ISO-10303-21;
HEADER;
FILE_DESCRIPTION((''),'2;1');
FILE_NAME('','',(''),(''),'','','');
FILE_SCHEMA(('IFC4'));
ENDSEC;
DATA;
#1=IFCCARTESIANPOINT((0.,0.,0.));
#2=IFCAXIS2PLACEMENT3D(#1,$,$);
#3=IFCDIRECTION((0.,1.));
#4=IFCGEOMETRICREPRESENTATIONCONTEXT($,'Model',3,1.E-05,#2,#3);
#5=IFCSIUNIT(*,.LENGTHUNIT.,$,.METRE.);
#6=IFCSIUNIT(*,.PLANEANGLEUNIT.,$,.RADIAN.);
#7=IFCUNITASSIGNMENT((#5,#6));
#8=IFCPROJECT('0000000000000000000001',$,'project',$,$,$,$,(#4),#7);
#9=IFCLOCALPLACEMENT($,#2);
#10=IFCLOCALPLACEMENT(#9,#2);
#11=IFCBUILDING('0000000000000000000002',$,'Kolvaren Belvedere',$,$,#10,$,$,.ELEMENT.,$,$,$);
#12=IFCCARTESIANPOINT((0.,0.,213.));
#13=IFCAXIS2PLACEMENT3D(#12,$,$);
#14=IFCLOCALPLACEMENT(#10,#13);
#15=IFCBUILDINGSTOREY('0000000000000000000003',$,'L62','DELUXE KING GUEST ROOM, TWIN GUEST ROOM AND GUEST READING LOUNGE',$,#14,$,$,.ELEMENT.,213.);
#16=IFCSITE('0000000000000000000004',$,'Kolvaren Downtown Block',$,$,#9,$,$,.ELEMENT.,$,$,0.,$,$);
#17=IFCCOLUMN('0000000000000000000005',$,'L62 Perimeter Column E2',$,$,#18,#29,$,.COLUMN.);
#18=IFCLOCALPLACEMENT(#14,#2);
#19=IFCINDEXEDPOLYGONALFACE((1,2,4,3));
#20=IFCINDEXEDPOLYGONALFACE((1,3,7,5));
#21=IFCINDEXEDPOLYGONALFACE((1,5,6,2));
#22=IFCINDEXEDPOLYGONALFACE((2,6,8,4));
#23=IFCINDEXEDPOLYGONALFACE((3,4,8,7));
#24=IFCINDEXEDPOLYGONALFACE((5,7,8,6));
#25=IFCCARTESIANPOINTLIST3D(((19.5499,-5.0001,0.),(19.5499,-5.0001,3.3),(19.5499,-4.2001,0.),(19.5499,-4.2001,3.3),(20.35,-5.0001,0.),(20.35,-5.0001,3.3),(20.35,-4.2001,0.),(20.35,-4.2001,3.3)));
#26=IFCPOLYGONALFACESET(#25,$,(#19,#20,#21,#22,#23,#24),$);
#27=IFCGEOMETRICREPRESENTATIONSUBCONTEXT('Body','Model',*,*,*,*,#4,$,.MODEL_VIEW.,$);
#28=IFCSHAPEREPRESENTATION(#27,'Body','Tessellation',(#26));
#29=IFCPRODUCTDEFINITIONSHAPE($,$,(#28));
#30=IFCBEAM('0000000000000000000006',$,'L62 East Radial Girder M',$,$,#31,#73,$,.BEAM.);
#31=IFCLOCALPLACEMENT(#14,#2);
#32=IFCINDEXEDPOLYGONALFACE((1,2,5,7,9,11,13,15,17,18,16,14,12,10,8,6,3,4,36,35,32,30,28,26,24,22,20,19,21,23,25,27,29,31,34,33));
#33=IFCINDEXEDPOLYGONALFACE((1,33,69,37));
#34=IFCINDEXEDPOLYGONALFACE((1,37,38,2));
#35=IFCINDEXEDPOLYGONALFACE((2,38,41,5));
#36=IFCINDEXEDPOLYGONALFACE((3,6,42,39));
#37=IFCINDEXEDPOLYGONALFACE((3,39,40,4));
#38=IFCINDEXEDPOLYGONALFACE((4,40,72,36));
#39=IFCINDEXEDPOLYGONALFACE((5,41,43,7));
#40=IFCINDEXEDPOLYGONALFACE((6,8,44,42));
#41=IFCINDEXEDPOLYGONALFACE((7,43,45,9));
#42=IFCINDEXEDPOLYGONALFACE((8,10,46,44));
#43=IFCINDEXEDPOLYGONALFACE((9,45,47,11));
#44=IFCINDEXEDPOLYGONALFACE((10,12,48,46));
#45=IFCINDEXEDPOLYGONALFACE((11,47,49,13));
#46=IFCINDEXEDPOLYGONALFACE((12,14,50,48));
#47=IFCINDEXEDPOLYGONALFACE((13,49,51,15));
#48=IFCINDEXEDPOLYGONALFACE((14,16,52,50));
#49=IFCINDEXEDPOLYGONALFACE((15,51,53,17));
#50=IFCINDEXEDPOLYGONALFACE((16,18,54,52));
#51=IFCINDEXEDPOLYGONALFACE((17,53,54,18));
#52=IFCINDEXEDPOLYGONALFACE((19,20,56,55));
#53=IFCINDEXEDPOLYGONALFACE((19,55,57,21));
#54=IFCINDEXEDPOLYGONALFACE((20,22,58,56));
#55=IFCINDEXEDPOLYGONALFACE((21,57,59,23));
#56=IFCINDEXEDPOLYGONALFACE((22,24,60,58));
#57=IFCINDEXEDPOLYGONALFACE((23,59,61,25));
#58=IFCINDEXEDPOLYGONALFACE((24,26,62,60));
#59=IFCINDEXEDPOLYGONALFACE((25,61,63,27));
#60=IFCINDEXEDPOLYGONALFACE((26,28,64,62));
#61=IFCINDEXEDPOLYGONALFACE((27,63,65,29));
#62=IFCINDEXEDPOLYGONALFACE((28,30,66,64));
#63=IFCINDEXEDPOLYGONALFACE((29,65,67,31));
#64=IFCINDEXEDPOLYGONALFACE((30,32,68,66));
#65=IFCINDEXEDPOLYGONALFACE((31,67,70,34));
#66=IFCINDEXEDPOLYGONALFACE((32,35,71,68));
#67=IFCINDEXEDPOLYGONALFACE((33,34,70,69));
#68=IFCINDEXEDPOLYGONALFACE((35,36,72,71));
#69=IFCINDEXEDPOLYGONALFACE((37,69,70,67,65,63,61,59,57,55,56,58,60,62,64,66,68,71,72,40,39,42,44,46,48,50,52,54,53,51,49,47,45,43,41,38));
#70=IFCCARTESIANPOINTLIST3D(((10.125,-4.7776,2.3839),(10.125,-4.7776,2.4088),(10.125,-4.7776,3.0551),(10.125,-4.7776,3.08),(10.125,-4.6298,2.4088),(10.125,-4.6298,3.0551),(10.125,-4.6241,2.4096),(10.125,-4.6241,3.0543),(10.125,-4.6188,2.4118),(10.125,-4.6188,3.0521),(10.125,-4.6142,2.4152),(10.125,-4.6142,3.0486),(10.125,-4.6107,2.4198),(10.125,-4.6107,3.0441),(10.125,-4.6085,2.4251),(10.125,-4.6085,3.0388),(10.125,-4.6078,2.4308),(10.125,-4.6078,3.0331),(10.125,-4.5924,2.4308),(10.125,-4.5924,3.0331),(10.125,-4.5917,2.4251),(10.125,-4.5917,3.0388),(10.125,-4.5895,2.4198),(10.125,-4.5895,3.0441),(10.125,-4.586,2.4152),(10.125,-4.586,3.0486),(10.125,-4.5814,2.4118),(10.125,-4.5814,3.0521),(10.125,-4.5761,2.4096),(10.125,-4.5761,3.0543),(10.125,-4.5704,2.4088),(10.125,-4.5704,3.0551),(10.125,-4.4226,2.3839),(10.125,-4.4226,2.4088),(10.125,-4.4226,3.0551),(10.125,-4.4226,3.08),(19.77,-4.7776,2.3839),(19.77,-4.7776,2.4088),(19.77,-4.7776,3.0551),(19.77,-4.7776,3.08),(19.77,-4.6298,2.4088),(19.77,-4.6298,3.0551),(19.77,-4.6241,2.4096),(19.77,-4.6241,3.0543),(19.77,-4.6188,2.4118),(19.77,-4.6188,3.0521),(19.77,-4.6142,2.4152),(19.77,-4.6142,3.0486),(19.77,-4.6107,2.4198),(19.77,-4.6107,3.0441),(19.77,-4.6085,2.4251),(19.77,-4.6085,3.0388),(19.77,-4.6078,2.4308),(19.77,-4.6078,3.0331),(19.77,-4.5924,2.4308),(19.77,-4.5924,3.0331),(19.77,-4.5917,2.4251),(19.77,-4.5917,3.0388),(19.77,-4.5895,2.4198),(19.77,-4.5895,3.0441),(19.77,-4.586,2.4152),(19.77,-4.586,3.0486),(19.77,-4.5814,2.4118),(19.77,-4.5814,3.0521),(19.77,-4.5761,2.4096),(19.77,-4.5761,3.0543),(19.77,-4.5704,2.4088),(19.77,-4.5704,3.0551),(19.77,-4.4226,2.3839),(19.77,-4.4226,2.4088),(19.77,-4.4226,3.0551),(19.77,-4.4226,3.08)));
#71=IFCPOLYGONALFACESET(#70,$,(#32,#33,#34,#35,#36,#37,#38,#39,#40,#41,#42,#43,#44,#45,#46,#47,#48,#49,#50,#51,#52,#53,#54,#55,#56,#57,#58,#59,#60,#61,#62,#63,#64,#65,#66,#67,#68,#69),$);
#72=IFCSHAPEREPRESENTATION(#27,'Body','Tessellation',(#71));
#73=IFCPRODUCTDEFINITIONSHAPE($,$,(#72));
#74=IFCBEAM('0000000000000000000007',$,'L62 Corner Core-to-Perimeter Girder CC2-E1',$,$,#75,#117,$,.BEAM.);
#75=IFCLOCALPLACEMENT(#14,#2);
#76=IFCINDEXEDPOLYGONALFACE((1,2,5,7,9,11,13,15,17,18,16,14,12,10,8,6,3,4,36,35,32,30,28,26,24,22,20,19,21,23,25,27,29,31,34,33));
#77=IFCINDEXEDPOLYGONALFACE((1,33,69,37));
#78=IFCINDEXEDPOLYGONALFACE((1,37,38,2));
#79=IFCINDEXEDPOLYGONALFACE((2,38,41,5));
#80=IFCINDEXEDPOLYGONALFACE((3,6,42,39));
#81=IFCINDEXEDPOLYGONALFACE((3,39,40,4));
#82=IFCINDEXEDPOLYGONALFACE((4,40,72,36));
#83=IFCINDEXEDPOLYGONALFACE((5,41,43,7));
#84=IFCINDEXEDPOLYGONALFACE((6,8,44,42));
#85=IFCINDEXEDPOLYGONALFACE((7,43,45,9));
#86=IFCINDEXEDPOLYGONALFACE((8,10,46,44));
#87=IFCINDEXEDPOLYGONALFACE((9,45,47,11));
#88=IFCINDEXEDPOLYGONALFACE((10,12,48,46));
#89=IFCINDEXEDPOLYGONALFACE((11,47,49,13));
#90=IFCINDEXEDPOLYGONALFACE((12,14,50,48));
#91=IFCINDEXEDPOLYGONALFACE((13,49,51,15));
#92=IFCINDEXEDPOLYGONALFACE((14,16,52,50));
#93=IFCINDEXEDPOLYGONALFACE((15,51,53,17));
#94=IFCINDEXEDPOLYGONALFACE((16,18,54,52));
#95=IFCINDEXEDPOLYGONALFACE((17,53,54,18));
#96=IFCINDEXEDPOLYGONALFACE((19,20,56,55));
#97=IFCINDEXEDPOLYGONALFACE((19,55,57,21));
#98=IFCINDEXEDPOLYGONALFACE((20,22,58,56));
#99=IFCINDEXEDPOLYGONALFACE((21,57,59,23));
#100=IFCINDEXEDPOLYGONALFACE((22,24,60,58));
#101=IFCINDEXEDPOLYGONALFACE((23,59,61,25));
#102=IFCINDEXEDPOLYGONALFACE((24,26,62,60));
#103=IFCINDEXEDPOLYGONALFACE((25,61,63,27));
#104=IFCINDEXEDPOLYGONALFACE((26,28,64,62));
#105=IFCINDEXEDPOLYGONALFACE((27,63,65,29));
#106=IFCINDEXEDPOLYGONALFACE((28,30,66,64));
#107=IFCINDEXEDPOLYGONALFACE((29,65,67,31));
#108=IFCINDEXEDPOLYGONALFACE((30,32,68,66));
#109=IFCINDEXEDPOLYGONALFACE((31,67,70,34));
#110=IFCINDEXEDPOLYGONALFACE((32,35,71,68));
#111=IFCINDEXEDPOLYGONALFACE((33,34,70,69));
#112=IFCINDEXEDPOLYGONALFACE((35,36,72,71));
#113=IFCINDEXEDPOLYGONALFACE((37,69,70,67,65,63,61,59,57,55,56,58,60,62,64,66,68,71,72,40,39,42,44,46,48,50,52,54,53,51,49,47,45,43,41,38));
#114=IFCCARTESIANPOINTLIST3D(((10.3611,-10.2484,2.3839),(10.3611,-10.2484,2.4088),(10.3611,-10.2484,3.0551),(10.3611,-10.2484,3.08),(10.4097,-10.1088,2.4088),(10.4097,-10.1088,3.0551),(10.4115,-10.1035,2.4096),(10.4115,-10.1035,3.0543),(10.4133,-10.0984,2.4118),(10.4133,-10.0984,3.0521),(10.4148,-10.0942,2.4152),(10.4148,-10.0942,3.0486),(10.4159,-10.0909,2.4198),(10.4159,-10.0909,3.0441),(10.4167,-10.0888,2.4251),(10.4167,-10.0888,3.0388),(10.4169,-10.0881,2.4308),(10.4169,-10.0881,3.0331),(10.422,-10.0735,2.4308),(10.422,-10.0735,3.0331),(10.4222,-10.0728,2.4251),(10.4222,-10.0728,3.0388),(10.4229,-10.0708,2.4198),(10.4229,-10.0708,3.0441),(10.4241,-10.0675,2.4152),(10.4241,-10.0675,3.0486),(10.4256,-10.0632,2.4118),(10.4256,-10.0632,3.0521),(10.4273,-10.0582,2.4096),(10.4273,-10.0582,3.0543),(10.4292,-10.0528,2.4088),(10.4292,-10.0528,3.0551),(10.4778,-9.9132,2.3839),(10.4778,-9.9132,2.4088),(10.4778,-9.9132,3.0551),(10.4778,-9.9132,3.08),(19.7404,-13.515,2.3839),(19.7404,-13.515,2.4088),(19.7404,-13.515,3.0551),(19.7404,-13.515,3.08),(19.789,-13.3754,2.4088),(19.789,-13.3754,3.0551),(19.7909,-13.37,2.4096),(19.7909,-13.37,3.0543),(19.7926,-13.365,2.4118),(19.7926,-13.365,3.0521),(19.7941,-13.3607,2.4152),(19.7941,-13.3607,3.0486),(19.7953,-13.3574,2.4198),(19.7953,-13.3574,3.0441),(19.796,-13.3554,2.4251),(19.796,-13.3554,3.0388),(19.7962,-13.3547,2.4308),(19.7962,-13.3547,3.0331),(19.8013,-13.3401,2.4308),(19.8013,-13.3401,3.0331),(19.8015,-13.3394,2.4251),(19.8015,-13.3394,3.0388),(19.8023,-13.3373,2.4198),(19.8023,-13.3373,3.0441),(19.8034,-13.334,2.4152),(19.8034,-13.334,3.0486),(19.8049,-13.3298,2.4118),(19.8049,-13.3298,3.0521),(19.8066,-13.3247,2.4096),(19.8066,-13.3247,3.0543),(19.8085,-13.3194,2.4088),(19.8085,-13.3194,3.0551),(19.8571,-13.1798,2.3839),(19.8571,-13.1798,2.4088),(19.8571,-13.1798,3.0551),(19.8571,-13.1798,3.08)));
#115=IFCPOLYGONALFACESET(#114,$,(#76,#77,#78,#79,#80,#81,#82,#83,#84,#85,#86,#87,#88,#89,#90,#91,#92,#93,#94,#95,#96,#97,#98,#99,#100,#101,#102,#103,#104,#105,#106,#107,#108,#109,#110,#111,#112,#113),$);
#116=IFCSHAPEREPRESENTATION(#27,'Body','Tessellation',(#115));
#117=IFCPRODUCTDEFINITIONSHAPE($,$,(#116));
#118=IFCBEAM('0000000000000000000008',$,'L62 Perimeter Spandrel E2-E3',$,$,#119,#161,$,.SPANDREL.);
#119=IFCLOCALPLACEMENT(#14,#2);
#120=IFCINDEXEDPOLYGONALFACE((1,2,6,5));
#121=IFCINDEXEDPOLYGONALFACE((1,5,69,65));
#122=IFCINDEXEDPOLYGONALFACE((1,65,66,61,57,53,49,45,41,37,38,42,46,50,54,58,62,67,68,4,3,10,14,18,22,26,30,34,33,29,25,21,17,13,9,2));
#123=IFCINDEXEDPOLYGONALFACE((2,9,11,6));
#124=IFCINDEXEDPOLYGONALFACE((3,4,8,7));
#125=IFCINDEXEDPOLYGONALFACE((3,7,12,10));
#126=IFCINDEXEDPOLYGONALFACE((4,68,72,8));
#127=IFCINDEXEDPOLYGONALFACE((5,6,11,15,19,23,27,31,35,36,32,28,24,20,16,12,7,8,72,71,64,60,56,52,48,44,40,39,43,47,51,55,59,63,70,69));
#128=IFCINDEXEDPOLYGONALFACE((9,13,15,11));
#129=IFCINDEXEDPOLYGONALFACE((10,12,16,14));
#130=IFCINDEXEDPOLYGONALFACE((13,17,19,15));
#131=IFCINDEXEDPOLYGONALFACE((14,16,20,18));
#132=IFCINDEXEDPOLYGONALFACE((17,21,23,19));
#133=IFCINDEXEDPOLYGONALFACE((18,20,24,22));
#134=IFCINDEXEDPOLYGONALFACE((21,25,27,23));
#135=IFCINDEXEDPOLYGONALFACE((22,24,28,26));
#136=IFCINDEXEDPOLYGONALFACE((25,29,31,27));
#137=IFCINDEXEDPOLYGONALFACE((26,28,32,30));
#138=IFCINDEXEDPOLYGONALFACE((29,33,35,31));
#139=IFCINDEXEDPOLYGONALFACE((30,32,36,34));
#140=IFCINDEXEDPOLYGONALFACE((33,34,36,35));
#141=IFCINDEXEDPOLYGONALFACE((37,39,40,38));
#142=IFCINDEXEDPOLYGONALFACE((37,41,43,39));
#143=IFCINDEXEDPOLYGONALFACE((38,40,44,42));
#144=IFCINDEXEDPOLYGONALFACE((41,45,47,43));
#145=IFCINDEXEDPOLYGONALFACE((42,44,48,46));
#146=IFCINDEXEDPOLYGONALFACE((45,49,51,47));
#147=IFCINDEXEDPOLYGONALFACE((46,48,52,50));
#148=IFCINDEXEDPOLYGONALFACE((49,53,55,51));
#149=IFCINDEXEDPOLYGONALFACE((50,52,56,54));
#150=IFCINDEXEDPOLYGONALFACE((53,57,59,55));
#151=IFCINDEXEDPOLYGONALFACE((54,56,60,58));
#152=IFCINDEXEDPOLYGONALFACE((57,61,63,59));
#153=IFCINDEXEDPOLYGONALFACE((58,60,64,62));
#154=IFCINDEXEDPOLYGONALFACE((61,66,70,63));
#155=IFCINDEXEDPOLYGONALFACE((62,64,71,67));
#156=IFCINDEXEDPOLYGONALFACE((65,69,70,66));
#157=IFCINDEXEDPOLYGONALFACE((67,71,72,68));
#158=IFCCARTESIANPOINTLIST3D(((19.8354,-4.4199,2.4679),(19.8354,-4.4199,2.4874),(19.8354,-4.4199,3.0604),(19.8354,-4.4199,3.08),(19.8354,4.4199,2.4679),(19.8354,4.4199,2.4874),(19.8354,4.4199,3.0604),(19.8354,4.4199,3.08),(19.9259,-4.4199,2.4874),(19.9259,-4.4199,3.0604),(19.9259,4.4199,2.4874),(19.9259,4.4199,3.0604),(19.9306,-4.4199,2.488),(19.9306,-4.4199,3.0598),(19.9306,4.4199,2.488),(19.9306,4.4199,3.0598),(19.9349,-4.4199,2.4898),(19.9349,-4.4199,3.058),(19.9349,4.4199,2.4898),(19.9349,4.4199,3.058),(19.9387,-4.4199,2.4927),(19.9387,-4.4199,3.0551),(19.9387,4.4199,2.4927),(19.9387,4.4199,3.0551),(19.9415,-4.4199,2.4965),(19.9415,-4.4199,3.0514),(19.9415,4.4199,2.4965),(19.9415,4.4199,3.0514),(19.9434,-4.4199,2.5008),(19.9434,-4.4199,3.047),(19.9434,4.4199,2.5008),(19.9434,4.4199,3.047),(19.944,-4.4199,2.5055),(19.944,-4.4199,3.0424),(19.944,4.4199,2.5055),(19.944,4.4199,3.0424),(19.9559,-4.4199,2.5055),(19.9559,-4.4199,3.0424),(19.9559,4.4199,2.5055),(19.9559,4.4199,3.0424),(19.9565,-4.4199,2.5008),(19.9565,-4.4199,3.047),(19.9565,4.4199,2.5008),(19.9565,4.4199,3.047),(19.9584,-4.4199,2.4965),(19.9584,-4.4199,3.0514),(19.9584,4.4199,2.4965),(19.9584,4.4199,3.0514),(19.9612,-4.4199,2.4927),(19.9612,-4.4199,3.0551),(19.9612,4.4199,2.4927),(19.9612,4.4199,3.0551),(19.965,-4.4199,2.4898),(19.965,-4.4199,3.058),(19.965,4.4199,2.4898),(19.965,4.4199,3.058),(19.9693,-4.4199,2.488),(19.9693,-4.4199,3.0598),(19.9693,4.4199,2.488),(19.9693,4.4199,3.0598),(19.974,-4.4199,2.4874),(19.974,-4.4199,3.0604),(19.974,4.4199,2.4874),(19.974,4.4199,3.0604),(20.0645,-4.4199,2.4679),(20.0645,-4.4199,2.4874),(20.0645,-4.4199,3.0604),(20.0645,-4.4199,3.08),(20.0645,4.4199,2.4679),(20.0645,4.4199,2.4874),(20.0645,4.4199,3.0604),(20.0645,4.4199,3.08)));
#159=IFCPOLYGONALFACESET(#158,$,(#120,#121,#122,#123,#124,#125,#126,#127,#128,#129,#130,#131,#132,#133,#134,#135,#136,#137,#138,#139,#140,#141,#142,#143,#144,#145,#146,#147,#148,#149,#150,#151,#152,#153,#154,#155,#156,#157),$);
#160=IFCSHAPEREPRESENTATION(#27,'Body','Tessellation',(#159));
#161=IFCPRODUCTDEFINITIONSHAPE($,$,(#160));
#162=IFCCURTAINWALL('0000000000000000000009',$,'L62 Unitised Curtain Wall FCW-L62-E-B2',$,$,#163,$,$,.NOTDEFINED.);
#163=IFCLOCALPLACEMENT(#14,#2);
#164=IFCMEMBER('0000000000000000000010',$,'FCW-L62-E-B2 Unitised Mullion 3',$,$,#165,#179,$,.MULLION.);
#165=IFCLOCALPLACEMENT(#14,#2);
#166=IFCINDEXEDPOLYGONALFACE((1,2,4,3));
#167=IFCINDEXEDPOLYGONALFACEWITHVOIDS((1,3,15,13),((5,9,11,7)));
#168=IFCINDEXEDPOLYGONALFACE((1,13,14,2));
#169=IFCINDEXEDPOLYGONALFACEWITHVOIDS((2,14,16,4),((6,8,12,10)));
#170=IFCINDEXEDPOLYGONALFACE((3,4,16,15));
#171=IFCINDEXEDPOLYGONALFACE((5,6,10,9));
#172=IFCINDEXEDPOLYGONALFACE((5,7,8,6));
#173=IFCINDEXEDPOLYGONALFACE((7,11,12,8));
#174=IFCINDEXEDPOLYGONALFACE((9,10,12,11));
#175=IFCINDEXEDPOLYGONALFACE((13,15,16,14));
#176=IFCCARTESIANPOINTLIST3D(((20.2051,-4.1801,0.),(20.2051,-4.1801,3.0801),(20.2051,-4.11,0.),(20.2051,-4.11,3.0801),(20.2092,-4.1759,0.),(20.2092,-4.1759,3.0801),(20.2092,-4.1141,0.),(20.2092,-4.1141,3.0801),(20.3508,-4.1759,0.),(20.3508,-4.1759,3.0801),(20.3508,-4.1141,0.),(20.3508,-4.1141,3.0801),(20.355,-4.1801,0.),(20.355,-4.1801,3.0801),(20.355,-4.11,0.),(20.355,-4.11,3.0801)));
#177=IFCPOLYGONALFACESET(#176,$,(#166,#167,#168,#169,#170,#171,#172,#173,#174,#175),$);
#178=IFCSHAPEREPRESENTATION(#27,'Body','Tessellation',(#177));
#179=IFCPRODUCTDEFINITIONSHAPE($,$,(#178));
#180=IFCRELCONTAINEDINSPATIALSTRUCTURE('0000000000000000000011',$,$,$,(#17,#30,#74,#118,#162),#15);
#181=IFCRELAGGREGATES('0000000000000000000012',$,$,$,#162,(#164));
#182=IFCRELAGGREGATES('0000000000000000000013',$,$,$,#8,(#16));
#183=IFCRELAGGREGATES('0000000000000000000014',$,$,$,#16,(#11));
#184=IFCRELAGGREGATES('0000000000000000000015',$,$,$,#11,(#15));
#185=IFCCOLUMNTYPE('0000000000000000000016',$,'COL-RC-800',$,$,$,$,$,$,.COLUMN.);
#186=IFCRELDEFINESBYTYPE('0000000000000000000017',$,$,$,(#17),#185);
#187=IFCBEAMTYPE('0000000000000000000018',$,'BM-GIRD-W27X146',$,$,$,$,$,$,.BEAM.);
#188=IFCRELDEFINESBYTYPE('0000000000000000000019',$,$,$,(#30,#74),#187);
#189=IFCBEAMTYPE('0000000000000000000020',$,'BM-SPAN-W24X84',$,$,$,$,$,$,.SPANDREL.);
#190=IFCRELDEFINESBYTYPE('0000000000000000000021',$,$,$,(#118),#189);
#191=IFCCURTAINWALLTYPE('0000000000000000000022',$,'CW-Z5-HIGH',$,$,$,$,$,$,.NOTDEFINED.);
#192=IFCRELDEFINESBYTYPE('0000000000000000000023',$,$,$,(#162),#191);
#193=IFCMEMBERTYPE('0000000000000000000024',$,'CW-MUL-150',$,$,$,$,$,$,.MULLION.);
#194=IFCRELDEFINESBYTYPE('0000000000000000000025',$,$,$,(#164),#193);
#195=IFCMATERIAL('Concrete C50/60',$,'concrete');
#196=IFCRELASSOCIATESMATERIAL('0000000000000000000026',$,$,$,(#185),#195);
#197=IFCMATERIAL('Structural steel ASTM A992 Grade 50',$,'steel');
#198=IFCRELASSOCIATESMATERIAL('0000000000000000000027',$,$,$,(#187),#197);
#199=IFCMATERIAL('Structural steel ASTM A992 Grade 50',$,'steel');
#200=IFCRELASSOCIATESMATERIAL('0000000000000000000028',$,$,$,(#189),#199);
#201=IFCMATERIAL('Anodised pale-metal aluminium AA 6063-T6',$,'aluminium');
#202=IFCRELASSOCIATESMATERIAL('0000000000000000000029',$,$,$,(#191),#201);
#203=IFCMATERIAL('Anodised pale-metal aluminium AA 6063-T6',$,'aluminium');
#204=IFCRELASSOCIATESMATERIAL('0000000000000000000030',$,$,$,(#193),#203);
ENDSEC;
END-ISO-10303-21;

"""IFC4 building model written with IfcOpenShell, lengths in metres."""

from ifc_helpers import new_model, si_unit, direction, frame, origin, origin_2d, place, context, subcontext, project, spatial, rectangle, hollow_rectangle, i_section, extrude, material, material_profile, profile_set, type_object, element, aggregate, save


model = new_model("IFC4")

# Units and contexts
model_context = context("Model", 3, precision=1e-05, world=origin(), true_north=direction((0.0, 1.0)))
body_context = subcontext(model_context, "Body", "Model", "MODEL_VIEW")
ifc_project = project(units=[si_unit("LENGTHUNIT", "METRE"), si_unit("PLANEANGLEUNIT", "RADIAN")], contexts=[model_context])

# Site, building, storey
site_placement = place(None, origin())
site = spatial("IfcSite", under=ifc_project, at=site_placement, Name="Kolvaren Downtown Block", CompositionType="ELEMENT", RefElevation=0.0)
building_placement = place(site_placement, origin())
building = spatial("IfcBuilding", under=site, at=building_placement, Name="Kolvaren Belvedere", CompositionType="ELEMENT")
storey_placement = place(building_placement, frame((0.0, 0.0, 213.0)))
storey = spatial("IfcBuildingStorey", under=building, at=storey_placement, Name="L62", Description="DELUXE KING GUEST ROOM, TWIN GUEST ROOM AND GUEST READING LOUNGE", CompositionType="ELEMENT", Elevation=213.0)

# Column
ifc_material_1 = material(Name="Concrete C50/60", Category="concrete")
ifc_material_profile_1 = material_profile(ifc_material_1, rectangle(XDim=0.8, YDim=0.8, at=origin_2d()), Name="RC 800X800")
ifc_profile_set_1 = profile_set([ifc_material_profile_1], Name="Concrete C50/60")
column_type = type_object("IfcColumnType", Name="COL-RC-800", PredefinedType="COLUMN", material=ifc_profile_set_1)
column_placement = place(storey_placement, frame((19.95, -4.6001, 0.0), z_axis=(0.0, 0.0, 1.0), x_axis=(1.0, 0.0, 0.0)))
element("IfcColumn", 1, at=column_placement, inside=storey, type_object=column_type, Name="L62 Perimeter Column E2", PredefinedType="COLUMN", context=body_context, shape_type="SweptSolid", body=[
    extrude(rectangle(XDim=0.8, YDim=0.8, at=origin_2d()), origin(), (0.0, 0.0, 1.0), 3.3),
])

# Beams
ifc_material_2 = material(Name="Structural steel ASTM A992 Grade 50", Category="steel")
ifc_material_profile_2 = material_profile(ifc_material_2, i_section(OverallWidth=0.355, OverallDepth=0.696, WebThickness=0.0154, FlangeThickness=0.0249, FilletRadius=0.022, at=origin_2d()), Name="W27X146")
ifc_profile_set_2 = profile_set([ifc_material_profile_2], Name="Structural steel ASTM A992 Grade 50")
beam_type_1 = type_object("IfcBeamType", Name="BM-GIRD-W27X146", PredefinedType="BEAM", material=ifc_profile_set_2)
beam_1_placement = place(storey_placement, frame((10.125, -4.6001, 2.7319), z_axis=(1.0, 0.0, 0.0), x_axis=(0.0, 1.0, 0.0)))
element("IfcBeam", 2, at=beam_1_placement, inside=storey, type_object=beam_type_1, Name="L62 East Radial Girder M", PredefinedType="BEAM", context=body_context, shape_type="SweptSolid", body=[
    extrude(i_section(OverallWidth=0.355, OverallDepth=0.696, WebThickness=0.0154, FlangeThickness=0.0249, FilletRadius=0.022, at=origin_2d()), origin(), (0.0, 0.0, 1.0), 9.645),
])
beam_2_placement = place(storey_placement, frame((10.4194, -10.0808, 2.7319), z_axis=(0.944365, -0.328898, 0.0), x_axis=(0.328898, 0.944365, 0.0)))
element("IfcBeam", 3, at=beam_2_placement, inside=storey, type_object=beam_type_1, Name="L62 Corner Core-to-Perimeter Girder CC2-E1", PredefinedType="BEAM", context=body_context, shape_type="SweptSolid", body=[
    extrude(i_section(OverallWidth=0.355, OverallDepth=0.696, WebThickness=0.0154, FlangeThickness=0.0249, FilletRadius=0.022, at=origin_2d()), origin(), (0.0, 0.0, 1.0), 9.9319),
])
ifc_material_3 = material(Name="Structural steel ASTM A992 Grade 50", Category="steel")
ifc_material_profile_3 = material_profile(ifc_material_3, i_section(OverallWidth=0.229, OverallDepth=0.6121, WebThickness=0.012, FlangeThickness=0.0195, FilletRadius=0.0181, at=origin_2d()), Name="W24X84")
ifc_profile_set_3 = profile_set([ifc_material_profile_3], Name="Structural steel ASTM A992 Grade 50")
beam_type_2 = type_object("IfcBeamType", Name="BM-SPAN-W24X84", PredefinedType="SPANDREL", material=ifc_profile_set_3)
beam_3_placement = place(storey_placement, frame((19.95, -4.4199, 2.7739), z_axis=(0.0, 1.0, 0.0), x_axis=(-1.0, 0.0, 0.0)))
element("IfcBeam", 4, at=beam_3_placement, inside=storey, type_object=beam_type_2, Name="L62 Perimeter Spandrel E2-E3", PredefinedType="SPANDREL", context=body_context, shape_type="SweptSolid", body=[
    extrude(i_section(OverallWidth=0.229, OverallDepth=0.6121, WebThickness=0.012, FlangeThickness=0.0195, FilletRadius=0.0181, at=origin_2d()), origin(), (0.0, 0.0, 1.0), 8.8398),
])

# Curtain wall, member
ifc_material_4 = material(Name="Anodised pale-metal aluminium AA 6063-T6", Category="aluminium")
curtain_wall_type = type_object("IfcCurtainWallType", Name="CW-Z5-HIGH", PredefinedType="NOTDEFINED", material=ifc_material_4)
curtain_wall_1_placement = place(storey_placement, origin())
curtain_wall_1 = element("IfcCurtainWall", 5, at=curtain_wall_1_placement, inside=storey, type_object=curtain_wall_type, Name="L62 Unitised Curtain Wall FCW-L62-E-B2", PredefinedType="NOTDEFINED")
ifc_material_5 = material(Name="Anodised pale-metal aluminium AA 6063-T6", Category="aluminium")
ifc_material_profile_4 = material_profile(ifc_material_5, hollow_rectangle(XDim=0.0701, YDim=0.1499, WallThickness=0.0042, at=origin_2d()), Name="ALU-MUL-150X70")
ifc_profile_set_4 = profile_set([ifc_material_profile_4], Name="Anodised pale-metal aluminium AA 6063-T6")
member_type_1 = type_object("IfcMemberType", Name="CW-MUL-150", PredefinedType="MULLION", material=ifc_profile_set_4)
member_1_placement = place(storey_placement, frame((20.28, -4.145, 0.0), z_axis=(0.0, 0.0, 1.0), x_axis=(0.0, 1.0, 0.0)))
member_1 = element("IfcMember", 6, at=member_1_placement, type_object=member_type_1, Name="FCW-L62-E-B2 Unitised Mullion 3", PredefinedType="MULLION", context=body_context, shape_type="SweptSolid", body=[
    extrude(hollow_rectangle(XDim=0.0701, YDim=0.1499, WallThickness=0.0042, at=origin_2d()), origin(), (0.0, 0.0, 1.0), 3.0801),
])

aggregate(curtain_wall_1, [member_1])

save(model, "model.ifc")
